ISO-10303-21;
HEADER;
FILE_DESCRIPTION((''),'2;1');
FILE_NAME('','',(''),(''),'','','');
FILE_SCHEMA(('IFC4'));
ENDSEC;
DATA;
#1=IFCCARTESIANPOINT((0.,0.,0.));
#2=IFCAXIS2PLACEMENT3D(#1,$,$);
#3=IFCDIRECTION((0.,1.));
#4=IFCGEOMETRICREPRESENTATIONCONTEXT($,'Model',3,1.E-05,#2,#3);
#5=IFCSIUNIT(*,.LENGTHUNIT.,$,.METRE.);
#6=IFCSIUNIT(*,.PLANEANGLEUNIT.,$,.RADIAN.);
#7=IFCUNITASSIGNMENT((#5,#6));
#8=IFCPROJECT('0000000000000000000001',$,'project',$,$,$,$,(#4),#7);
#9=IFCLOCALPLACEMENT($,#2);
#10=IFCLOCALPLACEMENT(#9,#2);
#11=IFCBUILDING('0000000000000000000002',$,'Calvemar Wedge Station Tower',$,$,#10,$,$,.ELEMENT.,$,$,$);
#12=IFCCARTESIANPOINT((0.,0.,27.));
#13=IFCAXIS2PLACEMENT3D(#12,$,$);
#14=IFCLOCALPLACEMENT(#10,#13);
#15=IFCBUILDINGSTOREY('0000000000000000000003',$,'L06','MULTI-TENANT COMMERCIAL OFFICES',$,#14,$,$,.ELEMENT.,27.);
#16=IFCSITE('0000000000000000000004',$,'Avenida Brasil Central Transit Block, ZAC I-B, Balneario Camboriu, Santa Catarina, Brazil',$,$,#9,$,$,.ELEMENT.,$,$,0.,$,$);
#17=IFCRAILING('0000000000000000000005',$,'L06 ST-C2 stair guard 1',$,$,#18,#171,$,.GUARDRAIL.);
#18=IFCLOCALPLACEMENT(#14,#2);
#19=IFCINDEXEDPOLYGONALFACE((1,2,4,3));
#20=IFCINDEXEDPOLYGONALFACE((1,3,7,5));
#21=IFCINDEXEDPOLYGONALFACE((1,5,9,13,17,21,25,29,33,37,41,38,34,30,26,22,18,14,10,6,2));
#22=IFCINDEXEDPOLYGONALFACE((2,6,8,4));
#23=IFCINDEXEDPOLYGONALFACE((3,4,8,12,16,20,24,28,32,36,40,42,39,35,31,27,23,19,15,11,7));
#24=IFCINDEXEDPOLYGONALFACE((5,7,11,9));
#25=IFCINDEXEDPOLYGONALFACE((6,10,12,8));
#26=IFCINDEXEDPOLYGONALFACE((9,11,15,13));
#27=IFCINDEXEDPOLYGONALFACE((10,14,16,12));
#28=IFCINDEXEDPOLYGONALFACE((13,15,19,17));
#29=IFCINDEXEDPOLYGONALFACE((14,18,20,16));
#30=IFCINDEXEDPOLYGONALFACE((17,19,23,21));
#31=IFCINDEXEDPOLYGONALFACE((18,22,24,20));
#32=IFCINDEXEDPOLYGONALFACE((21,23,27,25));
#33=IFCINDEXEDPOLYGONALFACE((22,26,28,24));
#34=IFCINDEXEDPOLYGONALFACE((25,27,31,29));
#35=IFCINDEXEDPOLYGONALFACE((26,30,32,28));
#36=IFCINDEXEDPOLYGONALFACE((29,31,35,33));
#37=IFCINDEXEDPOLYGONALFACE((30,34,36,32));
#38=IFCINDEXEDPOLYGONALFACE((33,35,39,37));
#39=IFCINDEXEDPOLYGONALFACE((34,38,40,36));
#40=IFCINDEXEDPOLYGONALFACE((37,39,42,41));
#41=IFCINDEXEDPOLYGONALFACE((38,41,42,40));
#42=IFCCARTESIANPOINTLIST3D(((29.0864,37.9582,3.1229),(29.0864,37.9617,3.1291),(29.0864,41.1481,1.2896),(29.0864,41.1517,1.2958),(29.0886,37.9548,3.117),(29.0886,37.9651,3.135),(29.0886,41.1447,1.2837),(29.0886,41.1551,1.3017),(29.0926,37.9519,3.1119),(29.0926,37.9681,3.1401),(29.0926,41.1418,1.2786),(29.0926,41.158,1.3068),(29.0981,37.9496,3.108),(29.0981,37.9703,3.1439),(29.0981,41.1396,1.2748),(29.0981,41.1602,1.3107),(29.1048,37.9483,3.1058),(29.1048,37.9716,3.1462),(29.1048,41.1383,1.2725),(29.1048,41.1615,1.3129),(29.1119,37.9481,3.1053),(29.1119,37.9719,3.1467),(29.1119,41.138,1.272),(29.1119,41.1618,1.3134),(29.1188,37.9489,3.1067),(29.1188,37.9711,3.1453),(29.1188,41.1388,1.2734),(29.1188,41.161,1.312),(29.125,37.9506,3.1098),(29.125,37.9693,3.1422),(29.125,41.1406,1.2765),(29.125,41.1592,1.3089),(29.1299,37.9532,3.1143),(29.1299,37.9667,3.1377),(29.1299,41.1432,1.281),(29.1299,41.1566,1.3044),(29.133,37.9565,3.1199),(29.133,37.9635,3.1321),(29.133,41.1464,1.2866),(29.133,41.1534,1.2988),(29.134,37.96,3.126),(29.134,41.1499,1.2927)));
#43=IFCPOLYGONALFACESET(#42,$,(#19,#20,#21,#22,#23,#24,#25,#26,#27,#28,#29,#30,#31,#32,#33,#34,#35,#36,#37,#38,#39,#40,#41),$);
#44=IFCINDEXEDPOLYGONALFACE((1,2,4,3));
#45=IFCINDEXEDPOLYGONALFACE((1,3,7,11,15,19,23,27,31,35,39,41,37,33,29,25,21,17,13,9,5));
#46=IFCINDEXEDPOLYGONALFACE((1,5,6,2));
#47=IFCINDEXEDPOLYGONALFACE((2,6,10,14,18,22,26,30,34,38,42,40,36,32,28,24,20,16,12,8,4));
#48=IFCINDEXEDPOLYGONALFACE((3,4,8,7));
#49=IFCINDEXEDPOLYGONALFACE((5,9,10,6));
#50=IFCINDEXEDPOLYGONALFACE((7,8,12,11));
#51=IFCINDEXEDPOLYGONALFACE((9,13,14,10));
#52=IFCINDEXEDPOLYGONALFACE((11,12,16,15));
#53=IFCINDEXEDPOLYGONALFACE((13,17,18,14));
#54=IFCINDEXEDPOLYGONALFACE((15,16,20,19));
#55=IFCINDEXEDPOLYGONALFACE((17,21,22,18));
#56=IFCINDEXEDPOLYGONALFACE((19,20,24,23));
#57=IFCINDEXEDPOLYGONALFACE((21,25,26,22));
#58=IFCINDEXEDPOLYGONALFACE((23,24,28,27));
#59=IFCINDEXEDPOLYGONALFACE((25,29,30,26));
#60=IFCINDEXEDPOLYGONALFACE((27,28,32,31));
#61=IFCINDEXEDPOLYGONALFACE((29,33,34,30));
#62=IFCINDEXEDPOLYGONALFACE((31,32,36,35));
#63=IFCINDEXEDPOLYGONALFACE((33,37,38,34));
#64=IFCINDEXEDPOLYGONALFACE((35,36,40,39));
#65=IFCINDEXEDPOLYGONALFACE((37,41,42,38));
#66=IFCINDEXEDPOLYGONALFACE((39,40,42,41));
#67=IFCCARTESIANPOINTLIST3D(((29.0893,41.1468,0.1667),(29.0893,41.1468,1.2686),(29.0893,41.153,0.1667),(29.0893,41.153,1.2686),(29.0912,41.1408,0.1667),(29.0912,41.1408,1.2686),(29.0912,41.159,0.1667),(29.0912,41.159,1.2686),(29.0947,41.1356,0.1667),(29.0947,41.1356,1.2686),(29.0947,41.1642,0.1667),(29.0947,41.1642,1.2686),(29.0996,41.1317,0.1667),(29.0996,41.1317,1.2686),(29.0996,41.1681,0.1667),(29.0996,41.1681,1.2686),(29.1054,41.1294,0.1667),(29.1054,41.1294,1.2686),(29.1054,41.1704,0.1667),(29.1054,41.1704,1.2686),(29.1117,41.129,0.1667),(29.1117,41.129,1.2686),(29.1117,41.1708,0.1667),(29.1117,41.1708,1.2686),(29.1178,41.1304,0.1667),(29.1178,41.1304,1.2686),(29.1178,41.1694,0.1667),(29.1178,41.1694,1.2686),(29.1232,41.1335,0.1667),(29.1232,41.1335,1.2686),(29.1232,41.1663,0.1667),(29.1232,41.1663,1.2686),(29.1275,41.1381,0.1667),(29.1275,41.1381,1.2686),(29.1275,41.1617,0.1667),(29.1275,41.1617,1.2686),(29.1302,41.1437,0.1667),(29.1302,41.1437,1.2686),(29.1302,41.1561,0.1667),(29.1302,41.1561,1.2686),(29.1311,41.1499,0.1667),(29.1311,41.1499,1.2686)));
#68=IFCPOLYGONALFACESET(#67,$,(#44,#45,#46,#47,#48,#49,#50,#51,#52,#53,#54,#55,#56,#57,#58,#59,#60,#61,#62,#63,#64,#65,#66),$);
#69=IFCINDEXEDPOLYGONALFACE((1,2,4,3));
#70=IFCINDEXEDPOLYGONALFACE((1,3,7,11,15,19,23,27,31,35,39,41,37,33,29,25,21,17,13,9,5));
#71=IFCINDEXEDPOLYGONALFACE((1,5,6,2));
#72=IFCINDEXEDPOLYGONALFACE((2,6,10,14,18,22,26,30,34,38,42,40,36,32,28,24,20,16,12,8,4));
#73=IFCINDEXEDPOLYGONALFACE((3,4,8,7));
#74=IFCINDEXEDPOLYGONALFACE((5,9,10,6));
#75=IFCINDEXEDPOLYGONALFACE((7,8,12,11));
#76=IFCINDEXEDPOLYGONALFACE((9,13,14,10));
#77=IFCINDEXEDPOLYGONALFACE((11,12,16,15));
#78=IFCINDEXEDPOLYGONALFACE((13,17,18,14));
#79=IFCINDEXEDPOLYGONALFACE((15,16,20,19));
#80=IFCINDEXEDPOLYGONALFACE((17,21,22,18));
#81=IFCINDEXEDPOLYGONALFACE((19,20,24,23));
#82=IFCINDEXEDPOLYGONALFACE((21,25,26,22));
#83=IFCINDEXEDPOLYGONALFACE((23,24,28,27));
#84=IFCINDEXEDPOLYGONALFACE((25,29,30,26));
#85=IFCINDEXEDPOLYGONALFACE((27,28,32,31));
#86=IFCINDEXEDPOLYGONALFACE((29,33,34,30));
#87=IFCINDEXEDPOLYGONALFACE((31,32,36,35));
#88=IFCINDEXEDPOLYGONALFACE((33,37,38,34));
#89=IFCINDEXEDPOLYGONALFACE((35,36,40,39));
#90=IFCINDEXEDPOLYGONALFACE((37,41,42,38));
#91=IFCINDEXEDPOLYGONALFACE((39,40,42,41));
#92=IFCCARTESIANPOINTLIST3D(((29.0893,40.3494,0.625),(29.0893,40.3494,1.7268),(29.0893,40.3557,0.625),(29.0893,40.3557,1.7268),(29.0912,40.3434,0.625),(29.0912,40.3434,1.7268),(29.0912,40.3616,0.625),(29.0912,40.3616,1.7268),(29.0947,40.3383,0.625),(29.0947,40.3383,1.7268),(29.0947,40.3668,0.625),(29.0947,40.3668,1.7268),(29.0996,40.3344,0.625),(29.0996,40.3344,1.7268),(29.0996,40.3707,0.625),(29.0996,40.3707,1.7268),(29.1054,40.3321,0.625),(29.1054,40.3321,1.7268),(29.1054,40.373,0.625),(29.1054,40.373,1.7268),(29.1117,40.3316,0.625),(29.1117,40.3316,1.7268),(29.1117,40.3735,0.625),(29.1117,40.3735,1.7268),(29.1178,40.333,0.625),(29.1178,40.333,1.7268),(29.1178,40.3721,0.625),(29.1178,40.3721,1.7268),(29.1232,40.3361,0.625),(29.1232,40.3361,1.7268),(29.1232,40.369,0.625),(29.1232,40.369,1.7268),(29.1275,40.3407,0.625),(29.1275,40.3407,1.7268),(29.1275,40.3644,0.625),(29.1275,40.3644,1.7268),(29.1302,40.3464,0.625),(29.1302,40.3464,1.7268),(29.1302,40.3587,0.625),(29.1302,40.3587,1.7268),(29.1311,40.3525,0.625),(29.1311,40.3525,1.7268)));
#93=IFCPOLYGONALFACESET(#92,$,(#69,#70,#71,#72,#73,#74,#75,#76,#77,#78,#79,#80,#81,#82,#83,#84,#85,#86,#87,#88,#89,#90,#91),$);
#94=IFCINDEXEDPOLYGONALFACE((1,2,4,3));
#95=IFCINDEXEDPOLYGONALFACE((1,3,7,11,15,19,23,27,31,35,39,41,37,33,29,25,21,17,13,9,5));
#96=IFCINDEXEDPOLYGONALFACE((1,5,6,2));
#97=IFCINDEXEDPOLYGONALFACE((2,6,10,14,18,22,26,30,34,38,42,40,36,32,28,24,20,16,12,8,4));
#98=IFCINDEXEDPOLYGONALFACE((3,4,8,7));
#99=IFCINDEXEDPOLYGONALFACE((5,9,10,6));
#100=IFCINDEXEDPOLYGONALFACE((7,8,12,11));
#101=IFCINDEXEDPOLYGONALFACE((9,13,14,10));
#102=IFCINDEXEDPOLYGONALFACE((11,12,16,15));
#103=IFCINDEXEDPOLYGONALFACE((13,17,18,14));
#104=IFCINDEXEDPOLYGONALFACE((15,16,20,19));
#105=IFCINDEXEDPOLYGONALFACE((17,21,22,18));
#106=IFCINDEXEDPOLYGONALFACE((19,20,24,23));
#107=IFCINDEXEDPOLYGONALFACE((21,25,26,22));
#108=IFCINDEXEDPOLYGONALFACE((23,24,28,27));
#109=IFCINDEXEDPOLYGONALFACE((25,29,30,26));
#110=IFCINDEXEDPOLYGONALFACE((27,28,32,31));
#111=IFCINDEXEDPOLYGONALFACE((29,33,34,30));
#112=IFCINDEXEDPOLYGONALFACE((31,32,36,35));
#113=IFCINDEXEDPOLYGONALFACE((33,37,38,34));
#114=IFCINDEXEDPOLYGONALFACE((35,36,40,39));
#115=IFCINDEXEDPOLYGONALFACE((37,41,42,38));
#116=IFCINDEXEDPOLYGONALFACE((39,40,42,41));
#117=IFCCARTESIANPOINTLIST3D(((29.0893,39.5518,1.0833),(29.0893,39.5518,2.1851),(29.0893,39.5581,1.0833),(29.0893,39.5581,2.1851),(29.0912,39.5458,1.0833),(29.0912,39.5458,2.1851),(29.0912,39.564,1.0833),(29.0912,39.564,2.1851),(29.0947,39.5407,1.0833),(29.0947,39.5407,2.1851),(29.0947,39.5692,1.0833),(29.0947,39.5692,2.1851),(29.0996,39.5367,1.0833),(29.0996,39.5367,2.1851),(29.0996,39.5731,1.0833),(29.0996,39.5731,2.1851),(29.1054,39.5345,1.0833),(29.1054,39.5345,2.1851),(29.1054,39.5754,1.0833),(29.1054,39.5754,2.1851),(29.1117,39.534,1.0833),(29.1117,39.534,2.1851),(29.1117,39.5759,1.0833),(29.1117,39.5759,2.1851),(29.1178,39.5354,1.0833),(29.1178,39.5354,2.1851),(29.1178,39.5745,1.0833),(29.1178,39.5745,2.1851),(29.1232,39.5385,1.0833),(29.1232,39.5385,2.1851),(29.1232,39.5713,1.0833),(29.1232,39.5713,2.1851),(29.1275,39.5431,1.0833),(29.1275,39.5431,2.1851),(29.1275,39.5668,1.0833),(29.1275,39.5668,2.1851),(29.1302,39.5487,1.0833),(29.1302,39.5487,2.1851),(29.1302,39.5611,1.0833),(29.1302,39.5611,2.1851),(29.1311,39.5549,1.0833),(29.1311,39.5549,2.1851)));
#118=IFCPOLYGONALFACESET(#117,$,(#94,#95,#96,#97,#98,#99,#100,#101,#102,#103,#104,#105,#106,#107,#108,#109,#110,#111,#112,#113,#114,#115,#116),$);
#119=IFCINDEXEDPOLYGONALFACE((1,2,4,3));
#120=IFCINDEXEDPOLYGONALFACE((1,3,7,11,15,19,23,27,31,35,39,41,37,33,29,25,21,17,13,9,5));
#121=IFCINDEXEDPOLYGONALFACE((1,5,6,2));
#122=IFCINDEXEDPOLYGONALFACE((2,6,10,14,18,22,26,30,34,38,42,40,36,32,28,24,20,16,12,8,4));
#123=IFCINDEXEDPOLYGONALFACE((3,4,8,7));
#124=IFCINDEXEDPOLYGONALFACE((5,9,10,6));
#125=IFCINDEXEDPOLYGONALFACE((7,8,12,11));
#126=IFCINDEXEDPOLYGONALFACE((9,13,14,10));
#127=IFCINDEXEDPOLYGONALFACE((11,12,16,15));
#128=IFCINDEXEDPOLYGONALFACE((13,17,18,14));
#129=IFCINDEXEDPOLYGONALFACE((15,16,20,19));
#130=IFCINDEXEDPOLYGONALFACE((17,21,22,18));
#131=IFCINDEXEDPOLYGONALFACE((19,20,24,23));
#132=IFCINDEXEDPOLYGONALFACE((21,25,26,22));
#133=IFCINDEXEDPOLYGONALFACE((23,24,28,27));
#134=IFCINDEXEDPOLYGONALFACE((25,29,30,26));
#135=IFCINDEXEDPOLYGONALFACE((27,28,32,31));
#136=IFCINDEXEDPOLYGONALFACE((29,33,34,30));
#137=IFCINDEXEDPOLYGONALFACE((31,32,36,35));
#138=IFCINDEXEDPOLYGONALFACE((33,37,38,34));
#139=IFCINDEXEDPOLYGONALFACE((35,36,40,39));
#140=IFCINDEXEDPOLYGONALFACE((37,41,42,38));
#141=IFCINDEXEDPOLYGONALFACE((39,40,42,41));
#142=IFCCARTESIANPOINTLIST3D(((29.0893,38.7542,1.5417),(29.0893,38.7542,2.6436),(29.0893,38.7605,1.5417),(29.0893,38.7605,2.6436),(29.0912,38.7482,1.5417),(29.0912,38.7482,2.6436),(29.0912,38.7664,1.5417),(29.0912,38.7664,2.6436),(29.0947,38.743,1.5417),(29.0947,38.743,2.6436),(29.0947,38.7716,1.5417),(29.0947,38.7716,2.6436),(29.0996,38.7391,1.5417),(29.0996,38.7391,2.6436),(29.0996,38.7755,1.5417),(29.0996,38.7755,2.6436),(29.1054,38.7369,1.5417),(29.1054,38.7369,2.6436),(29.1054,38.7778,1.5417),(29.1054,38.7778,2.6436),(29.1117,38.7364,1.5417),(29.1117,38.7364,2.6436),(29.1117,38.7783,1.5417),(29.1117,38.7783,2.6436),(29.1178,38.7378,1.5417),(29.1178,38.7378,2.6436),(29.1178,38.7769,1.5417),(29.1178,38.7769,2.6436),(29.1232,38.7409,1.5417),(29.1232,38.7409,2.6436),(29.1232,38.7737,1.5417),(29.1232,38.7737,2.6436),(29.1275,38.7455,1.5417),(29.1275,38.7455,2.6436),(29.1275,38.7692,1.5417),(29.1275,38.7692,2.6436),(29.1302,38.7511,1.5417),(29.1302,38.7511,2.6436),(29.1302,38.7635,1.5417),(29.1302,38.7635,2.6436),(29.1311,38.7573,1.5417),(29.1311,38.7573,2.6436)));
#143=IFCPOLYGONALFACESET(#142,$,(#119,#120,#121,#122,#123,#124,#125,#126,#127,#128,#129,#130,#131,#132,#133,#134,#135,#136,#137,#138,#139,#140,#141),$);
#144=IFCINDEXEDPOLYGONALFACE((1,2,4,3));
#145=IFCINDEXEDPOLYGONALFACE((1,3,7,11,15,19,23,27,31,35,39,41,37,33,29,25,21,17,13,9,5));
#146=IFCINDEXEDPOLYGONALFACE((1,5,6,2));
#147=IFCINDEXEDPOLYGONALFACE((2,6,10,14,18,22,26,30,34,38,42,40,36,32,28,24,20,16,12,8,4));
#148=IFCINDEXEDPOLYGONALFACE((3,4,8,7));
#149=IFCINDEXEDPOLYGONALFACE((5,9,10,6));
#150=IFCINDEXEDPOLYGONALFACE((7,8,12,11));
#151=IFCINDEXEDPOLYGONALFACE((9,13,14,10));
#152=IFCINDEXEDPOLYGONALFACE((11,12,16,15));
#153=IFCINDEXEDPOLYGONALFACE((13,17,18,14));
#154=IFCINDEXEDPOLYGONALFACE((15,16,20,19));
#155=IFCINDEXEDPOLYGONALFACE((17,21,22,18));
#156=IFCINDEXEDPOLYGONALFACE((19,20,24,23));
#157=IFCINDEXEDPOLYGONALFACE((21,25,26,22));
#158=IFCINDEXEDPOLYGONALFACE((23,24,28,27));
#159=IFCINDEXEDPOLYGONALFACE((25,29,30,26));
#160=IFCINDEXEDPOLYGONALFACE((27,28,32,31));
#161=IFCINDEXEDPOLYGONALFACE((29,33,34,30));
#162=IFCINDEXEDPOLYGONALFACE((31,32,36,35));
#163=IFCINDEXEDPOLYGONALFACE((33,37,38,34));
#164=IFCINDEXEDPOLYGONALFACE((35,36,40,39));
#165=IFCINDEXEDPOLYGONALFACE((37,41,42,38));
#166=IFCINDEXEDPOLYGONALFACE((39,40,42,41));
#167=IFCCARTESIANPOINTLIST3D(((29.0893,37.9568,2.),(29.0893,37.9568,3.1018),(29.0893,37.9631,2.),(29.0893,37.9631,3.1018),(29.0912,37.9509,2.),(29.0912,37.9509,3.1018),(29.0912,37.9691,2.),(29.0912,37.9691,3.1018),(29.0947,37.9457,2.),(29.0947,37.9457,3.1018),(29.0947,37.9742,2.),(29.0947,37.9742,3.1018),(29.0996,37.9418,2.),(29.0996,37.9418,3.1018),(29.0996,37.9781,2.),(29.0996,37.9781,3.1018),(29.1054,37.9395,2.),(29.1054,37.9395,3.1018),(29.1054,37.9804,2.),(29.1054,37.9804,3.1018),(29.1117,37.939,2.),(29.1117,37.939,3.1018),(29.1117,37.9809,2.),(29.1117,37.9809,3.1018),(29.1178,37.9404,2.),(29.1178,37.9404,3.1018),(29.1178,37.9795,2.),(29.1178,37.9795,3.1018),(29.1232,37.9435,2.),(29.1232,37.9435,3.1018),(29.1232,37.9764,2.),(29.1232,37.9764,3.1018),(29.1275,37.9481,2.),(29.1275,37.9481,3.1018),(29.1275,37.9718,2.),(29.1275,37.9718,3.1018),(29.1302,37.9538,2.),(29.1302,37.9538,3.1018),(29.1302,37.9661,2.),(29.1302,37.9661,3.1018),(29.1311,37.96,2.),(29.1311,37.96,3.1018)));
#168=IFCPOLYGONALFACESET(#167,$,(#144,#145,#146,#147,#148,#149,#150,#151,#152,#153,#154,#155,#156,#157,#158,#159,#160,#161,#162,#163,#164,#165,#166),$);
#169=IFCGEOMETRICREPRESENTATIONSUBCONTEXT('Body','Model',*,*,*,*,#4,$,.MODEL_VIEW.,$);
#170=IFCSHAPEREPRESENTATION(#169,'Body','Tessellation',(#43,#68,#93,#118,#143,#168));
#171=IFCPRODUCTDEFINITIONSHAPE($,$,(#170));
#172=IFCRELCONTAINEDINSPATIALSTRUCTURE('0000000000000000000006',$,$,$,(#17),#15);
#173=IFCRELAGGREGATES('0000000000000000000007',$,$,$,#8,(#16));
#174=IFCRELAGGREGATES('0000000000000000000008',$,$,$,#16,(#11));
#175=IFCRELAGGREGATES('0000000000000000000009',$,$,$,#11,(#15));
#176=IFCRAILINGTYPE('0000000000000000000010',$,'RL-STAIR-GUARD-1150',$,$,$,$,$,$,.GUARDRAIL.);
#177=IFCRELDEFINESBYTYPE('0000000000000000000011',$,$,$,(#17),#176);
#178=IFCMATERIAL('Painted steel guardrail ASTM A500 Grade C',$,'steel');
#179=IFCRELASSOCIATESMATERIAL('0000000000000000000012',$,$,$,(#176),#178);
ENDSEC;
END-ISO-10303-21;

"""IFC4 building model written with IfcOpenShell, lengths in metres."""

from ifc_helpers import new_model, si_unit, direction, frame, origin, origin_2d, place, context, subcontext, project, spatial, circle, extrude, material, type_object, element, save


model = new_model("IFC4")

# Units and contexts
model_context = context("Model", 3, precision=1e-05, world=origin(), true_north=direction((0.0, 1.0)))
body_context = subcontext(model_context, "Body", "Model", "MODEL_VIEW")
ifc_project = project(units=[si_unit("LENGTHUNIT", "METRE"), si_unit("PLANEANGLEUNIT", "RADIAN")], contexts=[model_context])

# Site, building, storey
site_placement = place(None, origin())
site = spatial("IfcSite", under=ifc_project, at=site_placement, Name="Avenida Brasil Central Transit Block, ZAC I-B, Balneario Camboriu, Santa Catarina, Brazil", CompositionType="ELEMENT", RefElevation=0.0)
building_placement = place(site_placement, origin())
building = spatial("IfcBuilding", under=site, at=building_placement, Name="Calvemar Wedge Station Tower", CompositionType="ELEMENT")
storey_placement = place(building_placement, frame((0.0, 0.0, 27.0)))
storey = spatial("IfcBuildingStorey", under=building, at=storey_placement, Name="L06", Description="MULTI-TENANT COMMERCIAL OFFICES", CompositionType="ELEMENT", Elevation=27.0)

# Railing
ifc_material_1 = material(Name="Painted steel guardrail ASTM A500 Grade C", Category="steel")
railing_type = type_object("IfcRailingType", Name="RL-STAIR-GUARD-1150", PredefinedType="GUARDRAIL", material=ifc_material_1)
railing_1_placement = place(storey_placement, frame((29.1101, 41.1499, 0.1667)))
element("IfcRailing", 1, at=railing_1_placement, inside=storey, type_object=railing_type, Name="L06 ST-C2 stair guard 1", PredefinedType="GUARDRAIL", context=body_context, shape_type="SweptSolid", body=[
    extrude(circle(Radius=0.0239, at=origin_2d()), frame((0.0, 0.0, 1.126), z_axis=(0.0, -0.86702, 0.498274), x_axis=(1.0, 0.0, 0.0)), (0.0, 0.0, 1.0), 3.6792),
    extrude(circle(Radius=0.021, at=origin_2d()), origin(), (0.0, 0.0, 1.0), 1.1018),
    extrude(circle(Radius=0.021, at=origin_2d()), frame((0.0, -0.7974, 0.4583)), (0.0, 0.0, 1.0), 1.1018),
    extrude(circle(Radius=0.021, at=origin_2d()), frame((0.0, -1.595, 0.9165)), (0.0, 0.0, 1.0), 1.1018),
    extrude(circle(Radius=0.021, at=origin_2d()), frame((0.0, -2.3926, 1.375)), (0.0, 0.0, 1.0), 1.1018),
    extrude(circle(Radius=0.021, at=origin_2d()), frame((0.0, -3.1899, 1.8333)), (0.0, 0.0, 1.0), 1.1018),
])

save(model, "model.ifc")
